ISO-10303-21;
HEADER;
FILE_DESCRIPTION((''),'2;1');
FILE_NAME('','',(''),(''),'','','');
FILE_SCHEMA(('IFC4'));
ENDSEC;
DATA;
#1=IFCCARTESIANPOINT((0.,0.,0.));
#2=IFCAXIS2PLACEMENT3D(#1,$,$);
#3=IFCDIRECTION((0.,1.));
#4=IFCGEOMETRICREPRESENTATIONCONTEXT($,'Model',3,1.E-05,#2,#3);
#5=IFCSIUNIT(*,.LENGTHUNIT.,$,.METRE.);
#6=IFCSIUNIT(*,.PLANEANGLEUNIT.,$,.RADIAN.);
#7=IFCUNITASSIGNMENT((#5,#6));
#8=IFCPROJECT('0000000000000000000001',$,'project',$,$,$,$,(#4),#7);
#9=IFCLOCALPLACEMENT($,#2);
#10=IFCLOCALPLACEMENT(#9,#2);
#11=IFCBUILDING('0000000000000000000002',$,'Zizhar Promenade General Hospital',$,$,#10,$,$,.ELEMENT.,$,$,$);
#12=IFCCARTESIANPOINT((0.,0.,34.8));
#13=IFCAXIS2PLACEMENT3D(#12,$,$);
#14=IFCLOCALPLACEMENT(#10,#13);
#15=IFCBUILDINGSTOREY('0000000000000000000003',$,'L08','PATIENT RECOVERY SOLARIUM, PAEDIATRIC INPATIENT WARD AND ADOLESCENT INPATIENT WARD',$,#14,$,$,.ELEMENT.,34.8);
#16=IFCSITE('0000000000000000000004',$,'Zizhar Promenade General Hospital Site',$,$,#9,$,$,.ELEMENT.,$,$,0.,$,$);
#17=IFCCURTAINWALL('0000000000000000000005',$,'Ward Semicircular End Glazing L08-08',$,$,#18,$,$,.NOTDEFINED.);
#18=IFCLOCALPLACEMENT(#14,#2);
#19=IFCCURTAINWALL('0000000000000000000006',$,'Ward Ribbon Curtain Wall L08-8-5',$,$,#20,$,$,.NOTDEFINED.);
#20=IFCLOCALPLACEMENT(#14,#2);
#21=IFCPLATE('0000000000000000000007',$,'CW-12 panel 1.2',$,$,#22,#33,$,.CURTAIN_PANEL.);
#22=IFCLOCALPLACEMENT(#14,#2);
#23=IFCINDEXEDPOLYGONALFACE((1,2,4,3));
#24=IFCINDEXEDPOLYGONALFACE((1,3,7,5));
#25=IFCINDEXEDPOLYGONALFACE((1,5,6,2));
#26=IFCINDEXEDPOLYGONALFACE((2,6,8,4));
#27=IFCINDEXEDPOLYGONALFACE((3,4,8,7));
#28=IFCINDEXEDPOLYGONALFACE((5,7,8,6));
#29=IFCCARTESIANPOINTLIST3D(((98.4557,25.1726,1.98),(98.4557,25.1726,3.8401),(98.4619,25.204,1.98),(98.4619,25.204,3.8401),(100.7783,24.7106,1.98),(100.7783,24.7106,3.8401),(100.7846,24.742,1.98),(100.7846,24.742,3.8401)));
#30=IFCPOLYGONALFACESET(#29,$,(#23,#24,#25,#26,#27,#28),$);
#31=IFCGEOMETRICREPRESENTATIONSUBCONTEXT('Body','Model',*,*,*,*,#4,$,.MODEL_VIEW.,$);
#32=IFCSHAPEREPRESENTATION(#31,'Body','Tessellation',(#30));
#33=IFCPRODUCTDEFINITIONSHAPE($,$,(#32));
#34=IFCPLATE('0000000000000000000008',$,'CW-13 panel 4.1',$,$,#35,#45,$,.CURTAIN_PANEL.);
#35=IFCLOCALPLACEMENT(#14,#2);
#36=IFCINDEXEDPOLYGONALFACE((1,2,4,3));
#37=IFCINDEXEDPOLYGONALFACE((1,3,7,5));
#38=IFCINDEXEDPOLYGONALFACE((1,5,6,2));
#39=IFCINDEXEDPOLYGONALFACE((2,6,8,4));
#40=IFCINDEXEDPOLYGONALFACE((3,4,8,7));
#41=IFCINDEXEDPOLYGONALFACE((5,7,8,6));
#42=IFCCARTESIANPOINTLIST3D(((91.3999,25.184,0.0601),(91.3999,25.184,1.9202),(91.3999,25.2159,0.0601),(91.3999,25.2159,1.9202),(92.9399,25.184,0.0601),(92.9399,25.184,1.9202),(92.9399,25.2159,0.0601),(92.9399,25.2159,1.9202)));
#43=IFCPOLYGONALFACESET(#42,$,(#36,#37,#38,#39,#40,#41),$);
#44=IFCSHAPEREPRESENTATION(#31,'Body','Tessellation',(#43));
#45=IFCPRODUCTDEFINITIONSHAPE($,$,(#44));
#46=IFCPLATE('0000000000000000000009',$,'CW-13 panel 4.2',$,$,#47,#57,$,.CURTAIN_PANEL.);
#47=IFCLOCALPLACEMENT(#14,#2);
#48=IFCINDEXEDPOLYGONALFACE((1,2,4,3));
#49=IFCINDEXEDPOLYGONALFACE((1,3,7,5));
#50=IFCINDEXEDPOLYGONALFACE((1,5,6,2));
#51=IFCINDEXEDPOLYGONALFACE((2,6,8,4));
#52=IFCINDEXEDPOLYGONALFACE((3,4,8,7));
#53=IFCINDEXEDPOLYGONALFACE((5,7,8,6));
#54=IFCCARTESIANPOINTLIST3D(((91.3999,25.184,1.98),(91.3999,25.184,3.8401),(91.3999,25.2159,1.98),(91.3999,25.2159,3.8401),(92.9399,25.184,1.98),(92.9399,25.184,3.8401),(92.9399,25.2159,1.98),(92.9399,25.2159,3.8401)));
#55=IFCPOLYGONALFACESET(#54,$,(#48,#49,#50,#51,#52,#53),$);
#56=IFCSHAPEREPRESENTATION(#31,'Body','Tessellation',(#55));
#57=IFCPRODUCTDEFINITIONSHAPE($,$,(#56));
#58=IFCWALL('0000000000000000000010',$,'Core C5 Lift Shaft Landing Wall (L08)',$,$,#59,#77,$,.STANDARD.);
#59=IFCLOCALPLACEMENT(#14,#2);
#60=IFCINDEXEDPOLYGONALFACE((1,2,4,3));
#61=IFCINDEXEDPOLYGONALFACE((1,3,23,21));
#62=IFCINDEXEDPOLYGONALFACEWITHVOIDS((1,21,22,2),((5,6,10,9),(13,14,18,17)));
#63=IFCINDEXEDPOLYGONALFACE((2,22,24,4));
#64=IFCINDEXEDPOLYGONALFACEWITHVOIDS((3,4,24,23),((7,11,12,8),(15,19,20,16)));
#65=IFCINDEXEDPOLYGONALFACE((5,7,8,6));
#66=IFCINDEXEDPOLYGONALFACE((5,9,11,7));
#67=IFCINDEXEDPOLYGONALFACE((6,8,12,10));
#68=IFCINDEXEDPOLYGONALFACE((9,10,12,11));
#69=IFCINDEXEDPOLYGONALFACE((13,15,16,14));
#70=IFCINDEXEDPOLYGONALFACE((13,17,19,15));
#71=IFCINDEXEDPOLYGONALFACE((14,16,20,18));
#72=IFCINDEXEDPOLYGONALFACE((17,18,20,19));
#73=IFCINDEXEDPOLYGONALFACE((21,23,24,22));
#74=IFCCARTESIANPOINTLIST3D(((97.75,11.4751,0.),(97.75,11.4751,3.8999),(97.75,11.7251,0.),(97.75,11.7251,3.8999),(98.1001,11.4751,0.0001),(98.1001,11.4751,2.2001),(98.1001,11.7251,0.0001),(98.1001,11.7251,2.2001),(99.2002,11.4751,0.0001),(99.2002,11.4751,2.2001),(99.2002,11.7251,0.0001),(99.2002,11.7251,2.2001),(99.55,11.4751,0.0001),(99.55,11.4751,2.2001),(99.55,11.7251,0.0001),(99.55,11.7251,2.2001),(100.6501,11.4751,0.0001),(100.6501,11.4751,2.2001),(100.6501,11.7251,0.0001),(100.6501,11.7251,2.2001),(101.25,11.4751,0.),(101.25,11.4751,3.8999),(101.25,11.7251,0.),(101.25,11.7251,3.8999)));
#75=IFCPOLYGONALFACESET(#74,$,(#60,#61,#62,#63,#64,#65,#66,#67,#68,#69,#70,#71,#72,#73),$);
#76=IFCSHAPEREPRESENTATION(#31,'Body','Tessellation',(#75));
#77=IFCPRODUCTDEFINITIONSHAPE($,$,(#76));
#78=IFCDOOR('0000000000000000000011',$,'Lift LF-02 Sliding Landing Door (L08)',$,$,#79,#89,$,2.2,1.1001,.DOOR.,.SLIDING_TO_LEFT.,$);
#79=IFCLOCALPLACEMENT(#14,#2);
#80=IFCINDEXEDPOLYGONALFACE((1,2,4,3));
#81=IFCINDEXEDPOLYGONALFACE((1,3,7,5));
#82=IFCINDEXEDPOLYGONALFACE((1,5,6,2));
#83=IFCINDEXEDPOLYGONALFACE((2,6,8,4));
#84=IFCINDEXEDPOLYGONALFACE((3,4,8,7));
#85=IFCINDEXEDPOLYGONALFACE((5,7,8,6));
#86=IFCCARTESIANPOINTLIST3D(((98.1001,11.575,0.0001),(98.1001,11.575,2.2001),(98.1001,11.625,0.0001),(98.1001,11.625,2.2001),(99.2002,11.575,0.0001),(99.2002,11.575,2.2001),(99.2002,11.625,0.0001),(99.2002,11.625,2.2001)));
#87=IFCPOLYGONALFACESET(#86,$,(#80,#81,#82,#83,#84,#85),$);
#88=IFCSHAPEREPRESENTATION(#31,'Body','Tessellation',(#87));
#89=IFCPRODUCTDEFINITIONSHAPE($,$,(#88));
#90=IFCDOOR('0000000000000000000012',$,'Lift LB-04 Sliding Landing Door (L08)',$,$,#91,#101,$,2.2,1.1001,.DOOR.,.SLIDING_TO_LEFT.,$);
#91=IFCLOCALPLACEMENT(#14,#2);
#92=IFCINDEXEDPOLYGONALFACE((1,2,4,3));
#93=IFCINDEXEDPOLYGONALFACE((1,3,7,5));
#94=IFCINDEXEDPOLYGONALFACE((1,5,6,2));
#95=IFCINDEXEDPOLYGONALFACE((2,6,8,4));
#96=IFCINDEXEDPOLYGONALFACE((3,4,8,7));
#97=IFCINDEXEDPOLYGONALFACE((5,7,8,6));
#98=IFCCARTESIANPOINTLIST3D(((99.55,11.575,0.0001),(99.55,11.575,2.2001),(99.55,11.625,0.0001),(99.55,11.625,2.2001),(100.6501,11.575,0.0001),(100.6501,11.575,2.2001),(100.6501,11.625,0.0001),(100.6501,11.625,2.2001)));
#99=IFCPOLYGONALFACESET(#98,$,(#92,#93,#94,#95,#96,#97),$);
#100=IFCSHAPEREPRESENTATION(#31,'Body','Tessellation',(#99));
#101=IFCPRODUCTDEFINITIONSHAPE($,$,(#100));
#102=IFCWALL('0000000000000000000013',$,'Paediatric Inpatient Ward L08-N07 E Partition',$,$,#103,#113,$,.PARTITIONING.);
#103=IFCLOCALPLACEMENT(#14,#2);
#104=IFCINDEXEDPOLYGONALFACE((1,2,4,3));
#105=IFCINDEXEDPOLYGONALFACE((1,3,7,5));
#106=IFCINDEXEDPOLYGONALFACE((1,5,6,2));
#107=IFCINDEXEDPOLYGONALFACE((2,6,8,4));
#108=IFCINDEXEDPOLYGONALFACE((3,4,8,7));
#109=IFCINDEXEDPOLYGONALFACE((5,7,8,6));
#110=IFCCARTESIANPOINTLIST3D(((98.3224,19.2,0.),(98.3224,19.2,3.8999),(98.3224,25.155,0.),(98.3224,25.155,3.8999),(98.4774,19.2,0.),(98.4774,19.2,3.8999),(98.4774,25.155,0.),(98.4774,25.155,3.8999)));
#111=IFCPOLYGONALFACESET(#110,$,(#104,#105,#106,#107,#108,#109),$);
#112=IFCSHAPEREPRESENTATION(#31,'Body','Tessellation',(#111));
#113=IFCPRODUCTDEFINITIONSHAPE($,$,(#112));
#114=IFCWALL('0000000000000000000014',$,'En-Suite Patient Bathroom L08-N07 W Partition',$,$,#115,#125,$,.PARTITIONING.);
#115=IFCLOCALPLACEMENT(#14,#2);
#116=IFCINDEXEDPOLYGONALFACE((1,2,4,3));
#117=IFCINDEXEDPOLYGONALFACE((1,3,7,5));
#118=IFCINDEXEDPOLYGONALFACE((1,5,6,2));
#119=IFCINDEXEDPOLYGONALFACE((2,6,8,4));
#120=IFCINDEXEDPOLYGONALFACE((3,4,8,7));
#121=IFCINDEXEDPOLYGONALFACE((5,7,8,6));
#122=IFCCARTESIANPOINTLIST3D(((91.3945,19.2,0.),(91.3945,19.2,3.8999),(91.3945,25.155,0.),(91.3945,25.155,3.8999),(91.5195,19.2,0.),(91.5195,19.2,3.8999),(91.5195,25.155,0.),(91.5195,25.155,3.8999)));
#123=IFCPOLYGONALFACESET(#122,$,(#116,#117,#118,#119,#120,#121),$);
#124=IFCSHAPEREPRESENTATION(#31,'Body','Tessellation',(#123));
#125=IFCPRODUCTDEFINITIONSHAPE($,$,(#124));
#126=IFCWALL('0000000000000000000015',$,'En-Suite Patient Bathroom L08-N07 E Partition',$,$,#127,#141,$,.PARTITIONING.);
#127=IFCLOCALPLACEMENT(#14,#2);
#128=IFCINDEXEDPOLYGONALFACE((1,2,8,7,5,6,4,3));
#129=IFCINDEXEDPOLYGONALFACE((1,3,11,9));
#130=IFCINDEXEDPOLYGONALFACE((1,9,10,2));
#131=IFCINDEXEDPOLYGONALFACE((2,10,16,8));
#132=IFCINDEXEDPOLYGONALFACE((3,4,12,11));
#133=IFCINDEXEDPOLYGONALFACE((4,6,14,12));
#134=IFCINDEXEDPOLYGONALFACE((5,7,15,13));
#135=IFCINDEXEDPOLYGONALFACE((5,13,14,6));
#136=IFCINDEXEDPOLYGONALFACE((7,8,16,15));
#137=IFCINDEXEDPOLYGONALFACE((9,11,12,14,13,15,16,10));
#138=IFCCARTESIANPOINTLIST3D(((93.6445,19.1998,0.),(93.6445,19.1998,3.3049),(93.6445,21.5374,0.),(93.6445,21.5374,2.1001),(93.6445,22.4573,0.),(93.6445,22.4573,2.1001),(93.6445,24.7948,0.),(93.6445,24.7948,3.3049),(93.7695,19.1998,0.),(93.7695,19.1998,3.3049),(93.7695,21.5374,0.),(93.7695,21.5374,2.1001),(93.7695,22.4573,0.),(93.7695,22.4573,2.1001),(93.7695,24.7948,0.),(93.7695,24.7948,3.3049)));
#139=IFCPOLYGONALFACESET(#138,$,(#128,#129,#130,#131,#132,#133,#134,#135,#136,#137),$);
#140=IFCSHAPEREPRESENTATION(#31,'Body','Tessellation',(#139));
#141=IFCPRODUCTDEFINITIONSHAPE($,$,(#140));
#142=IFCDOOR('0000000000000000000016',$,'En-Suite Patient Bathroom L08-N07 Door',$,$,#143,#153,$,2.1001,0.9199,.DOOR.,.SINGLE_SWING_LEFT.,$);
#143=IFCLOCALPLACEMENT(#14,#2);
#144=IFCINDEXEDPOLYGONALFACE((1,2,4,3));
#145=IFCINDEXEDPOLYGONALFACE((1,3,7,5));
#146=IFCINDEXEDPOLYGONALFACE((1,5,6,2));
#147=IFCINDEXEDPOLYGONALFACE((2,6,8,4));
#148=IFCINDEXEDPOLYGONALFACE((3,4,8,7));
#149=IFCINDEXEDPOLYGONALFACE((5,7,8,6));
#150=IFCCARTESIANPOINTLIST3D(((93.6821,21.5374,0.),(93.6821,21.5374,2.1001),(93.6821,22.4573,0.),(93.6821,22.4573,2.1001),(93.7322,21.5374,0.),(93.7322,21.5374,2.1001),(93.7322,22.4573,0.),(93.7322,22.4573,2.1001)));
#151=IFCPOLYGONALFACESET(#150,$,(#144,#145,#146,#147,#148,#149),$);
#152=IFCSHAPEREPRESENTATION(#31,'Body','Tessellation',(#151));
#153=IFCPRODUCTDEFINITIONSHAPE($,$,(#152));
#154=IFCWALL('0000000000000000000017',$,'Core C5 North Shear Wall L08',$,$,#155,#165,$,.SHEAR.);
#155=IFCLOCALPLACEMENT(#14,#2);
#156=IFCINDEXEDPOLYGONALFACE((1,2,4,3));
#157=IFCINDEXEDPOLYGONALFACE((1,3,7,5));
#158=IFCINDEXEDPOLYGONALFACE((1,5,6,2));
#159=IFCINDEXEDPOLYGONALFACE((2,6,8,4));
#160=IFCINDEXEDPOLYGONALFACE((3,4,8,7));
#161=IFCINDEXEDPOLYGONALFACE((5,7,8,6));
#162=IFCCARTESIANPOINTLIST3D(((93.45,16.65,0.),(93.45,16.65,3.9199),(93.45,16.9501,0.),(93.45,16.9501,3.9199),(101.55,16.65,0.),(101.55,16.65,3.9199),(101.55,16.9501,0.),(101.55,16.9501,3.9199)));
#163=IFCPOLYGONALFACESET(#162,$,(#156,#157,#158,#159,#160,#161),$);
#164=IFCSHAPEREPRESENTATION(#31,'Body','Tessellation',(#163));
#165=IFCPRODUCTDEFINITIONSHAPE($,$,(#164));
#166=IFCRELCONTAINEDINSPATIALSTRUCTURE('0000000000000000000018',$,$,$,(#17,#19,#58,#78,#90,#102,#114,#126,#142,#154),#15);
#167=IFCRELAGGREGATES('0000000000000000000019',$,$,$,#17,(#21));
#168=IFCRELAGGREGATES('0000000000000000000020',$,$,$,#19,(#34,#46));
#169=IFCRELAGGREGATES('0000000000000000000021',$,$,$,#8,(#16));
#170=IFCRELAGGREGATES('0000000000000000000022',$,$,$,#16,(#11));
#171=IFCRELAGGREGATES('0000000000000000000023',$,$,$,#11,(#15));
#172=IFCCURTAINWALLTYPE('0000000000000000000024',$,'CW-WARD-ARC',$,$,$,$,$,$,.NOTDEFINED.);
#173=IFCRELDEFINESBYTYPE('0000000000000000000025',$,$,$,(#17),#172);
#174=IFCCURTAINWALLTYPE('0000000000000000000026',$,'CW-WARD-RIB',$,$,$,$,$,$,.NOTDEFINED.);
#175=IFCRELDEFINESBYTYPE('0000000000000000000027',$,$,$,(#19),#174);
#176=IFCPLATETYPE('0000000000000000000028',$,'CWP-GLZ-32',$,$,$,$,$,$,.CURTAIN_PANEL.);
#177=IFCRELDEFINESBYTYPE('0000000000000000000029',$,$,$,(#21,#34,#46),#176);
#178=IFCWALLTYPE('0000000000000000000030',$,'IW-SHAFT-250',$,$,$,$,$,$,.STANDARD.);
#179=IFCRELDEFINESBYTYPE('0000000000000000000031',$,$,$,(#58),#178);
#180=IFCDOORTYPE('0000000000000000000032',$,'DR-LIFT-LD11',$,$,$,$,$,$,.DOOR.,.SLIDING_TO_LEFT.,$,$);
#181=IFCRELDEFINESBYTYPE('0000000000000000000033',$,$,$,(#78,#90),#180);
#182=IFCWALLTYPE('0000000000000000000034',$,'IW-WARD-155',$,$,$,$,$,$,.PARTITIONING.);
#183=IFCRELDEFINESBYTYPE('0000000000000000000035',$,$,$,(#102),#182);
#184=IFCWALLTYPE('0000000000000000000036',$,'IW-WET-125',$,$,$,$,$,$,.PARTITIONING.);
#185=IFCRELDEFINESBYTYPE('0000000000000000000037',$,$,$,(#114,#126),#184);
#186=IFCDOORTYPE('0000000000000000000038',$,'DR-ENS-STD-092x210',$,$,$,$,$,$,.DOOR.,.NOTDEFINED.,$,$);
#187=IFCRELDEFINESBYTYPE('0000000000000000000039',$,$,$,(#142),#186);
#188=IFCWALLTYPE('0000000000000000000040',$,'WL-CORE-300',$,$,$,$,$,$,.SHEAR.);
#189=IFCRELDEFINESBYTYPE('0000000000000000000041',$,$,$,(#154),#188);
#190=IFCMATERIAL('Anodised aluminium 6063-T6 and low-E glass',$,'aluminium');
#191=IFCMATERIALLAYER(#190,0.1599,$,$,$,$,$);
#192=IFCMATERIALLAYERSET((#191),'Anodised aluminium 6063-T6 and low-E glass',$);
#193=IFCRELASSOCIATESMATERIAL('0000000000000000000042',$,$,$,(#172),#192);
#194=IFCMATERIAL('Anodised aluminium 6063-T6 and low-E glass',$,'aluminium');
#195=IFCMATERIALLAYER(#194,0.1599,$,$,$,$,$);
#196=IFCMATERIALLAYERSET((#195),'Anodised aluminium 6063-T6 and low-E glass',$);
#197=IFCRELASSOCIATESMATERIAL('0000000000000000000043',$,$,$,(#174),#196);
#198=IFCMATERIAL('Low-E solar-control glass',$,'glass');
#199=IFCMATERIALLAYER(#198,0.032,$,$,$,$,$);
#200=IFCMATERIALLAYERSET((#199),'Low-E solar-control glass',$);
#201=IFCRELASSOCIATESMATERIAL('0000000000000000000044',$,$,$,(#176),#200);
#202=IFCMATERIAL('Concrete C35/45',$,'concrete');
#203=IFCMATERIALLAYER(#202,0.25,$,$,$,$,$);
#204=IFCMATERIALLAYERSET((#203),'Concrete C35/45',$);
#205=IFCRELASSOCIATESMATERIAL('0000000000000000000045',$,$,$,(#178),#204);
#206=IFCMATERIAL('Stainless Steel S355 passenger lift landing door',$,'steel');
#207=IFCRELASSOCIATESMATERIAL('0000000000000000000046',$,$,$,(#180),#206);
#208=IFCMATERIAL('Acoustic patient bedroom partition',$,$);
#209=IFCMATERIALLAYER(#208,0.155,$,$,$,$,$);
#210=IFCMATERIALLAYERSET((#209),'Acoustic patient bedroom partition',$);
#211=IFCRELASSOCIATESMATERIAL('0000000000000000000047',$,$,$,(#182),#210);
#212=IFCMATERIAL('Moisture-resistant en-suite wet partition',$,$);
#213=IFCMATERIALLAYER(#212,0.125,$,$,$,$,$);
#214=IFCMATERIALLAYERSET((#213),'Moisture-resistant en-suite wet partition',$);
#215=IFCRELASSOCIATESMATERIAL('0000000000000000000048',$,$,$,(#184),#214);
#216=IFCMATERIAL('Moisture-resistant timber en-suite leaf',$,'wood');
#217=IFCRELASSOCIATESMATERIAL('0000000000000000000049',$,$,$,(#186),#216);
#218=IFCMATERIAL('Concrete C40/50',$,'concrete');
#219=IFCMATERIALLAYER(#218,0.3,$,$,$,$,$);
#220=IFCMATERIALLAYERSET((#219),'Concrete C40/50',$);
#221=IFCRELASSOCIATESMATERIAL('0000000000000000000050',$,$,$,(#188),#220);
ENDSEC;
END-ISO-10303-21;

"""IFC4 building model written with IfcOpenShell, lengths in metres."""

from ifc_helpers import new_model, si_unit, direction, frame, frame_2d, origin, origin_2d, place, context, subcontext, project, spatial, rectangle, extrude, material, layer, layer_set, type_object, element, fill, aggregate, save


model = new_model("IFC4")

# Units and contexts
model_context = context("Model", 3, precision=1e-05, world=origin(), true_north=direction((0.0, 1.0)))
body_context = subcontext(model_context, "Body", "Model", "MODEL_VIEW")
ifc_project = project(units=[si_unit("LENGTHUNIT", "METRE"), si_unit("PLANEANGLEUNIT", "RADIAN")], contexts=[model_context])

# Site, building, storey
site_placement = place(None, origin())
site = spatial("IfcSite", under=ifc_project, at=site_placement, Name="Zizhar Promenade General Hospital Site", CompositionType="ELEMENT", RefElevation=0.0)
building_placement = place(site_placement, origin())
building = spatial("IfcBuilding", under=site, at=building_placement, Name="Zizhar Promenade General Hospital", CompositionType="ELEMENT")
storey_placement = place(building_placement, frame((0.0, 0.0, 34.8)))
storey = spatial("IfcBuildingStorey", under=building, at=storey_placement, Name="L08", Description="PATIENT RECOVERY SOLARIUM, PAEDIATRIC INPATIENT WARD AND ADOLESCENT INPATIENT WARD", CompositionType="ELEMENT", Elevation=34.8)

# Curtain walls
ifc_material_1 = material(Name="Anodised aluminium 6063-T6 and low-E glass", Category="aluminium")
ifc_layer_1 = layer(ifc_material_1, 0.1599)
ifc_layer_set_1 = layer_set([ifc_layer_1], Name="Anodised aluminium 6063-T6 and low-E glass")
curtain_wall_type_1 = type_object("IfcCurtainWallType", Name="CW-WARD-ARC", PredefinedType="NOTDEFINED", material=ifc_layer_set_1)
curtain_wall_1_placement = place(storey_placement, origin())
curtain_wall_1 = element("IfcCurtainWall", 1, at=curtain_wall_1_placement, inside=storey, type_object=curtain_wall_type_1, Name="Ward Semicircular End Glazing L08-08", PredefinedType="NOTDEFINED")
ifc_material_2 = material(Name="Anodised aluminium 6063-T6 and low-E glass", Category="aluminium")
ifc_layer_2 = layer(ifc_material_2, 0.1599)
ifc_layer_set_2 = layer_set([ifc_layer_2], Name="Anodised aluminium 6063-T6 and low-E glass")
curtain_wall_type_2 = type_object("IfcCurtainWallType", Name="CW-WARD-RIB", PredefinedType="NOTDEFINED", material=ifc_layer_set_2)
curtain_wall_2_placement = place(storey_placement, origin())
curtain_wall_2 = element("IfcCurtainWall", 2, at=curtain_wall_2_placement, inside=storey, type_object=curtain_wall_type_2, Name="Ward Ribbon Curtain Wall L08-8-5", PredefinedType="NOTDEFINED")

# Plates
ifc_material_3 = material(Name="Low-E solar-control glass", Category="glass")
ifc_layer_3 = layer(ifc_material_3, 0.032)
ifc_layer_set_3 = layer_set([ifc_layer_3], Name="Low-E solar-control glass")
plate_type = type_object("IfcPlateType", Name="CWP-GLZ-32", PredefinedType="CURTAIN_PANEL", material=ifc_layer_set_3)
plate_1_placement = place(storey_placement, frame((99.6201, 24.9573, 1.98), z_axis=(0.0, 0.0, 1.0), x_axis=(0.980786, -0.195087, 0.0)))
plate_1 = element("IfcPlate", 3, at=plate_1_placement, type_object=plate_type, Name="CW-12 panel 1.2", PredefinedType="CURTAIN_PANEL", context=body_context, shape_type="SweptSolid", body=[
    extrude(rectangle(XDim=2.3682, YDim=0.032, at=origin_2d()), origin(), (0.0, 0.0, 1.0), 1.8601),
])
aggregate(curtain_wall_1, [plate_1])
plate_2_placement = place(storey_placement, frame((92.1699, 25.2, 0.0601), z_axis=(0.0, 0.0, 1.0), x_axis=(1.0, 0.0, 0.0)))
plate_2 = element("IfcPlate", 4, at=plate_2_placement, type_object=plate_type, Name="CW-13 panel 4.1", PredefinedType="CURTAIN_PANEL", context=body_context, shape_type="SweptSolid", body=[
    extrude(rectangle(XDim=1.54, YDim=0.032, at=origin_2d()), origin(), (0.0, 0.0, 1.0), 1.8601),
])
plate_3_placement = place(storey_placement, frame((92.1699, 25.2, 1.98), z_axis=(0.0, 0.0, 1.0), x_axis=(1.0, 0.0, 0.0)))
plate_3 = element("IfcPlate", 5, at=plate_3_placement, type_object=plate_type, Name="CW-13 panel 4.2", PredefinedType="CURTAIN_PANEL", context=body_context, shape_type="SweptSolid", body=[
    extrude(rectangle(XDim=1.54, YDim=0.032, at=origin_2d()), origin(), (0.0, 0.0, 1.0), 1.8601),
])
aggregate(curtain_wall_2, [plate_2, plate_3])

# Wall, openings, doors
ifc_material_4 = material(Name="Concrete C35/45", Category="concrete")
ifc_layer_4 = layer(ifc_material_4, 0.25)
ifc_layer_set_4 = layer_set([ifc_layer_4], Name="Concrete C35/45")
wall_type_1 = type_object("IfcWallType", Name="IW-SHAFT-250", PredefinedType="STANDARD", material=ifc_layer_set_4)
wall_1_placement = place(storey_placement, frame((97.75, 11.6001, 0.0), z_axis=(0.0, 0.0, 1.0), x_axis=(1.0, 0.0, 0.0)))
wall_1 = element("IfcWall", 6, at=wall_1_placement, inside=storey, type_object=wall_type_1, Name="Core C5 Lift Shaft Landing Wall (L08)", PredefinedType="STANDARD", context=body_context, shape_type="SweptSolid", body=[
    extrude(rectangle(XDim=3.5, YDim=0.25, at=frame_2d((1.75, 0.0))), origin(), (0.0, 0.0, 1.0), 3.8999),
])
opening_1_placement = place(wall_1_placement, frame((0.3501, 0.0, 0.0)))
opening_1 = element("IfcOpeningElement", 7, at=opening_1_placement, cuts=wall_1, PredefinedType="OPENING", context=body_context, shape_type="SweptSolid", body=[
    extrude(rectangle(XDim=1.1001, YDim=2.2, at=frame_2d((0.55, 1.1001))), frame((0.0, 0.135, 0.0), z_axis=(0.0, -1.0, 0.0), x_axis=(1.0, 0.0, 0.0)), (0.0, 0.0, 1.0), 0.27),
])
opening_2_placement = place(wall_1_placement, frame((1.8, 0.0, 0.0)))
opening_2 = element("IfcOpeningElement", 8, at=opening_2_placement, cuts=wall_1, PredefinedType="OPENING", context=body_context, shape_type="SweptSolid", body=[
    extrude(rectangle(XDim=1.1001, YDim=2.2, at=frame_2d((0.55, 1.1001))), frame((0.0, 0.135, 0.0), z_axis=(0.0, -1.0, 0.0), x_axis=(1.0, 0.0, 0.0)), (0.0, 0.0, 1.0), 0.27),
])
ifc_material_5 = material(Name="Stainless Steel S355 passenger lift landing door", Category="steel")
door_type_1 = type_object("IfcDoorType", Name="DR-LIFT-LD11", OperationType="SLIDING_TO_LEFT", PredefinedType="DOOR", material=ifc_material_5)
door_1_placement = place(opening_1_placement, origin())
door_1 = element("IfcDoor", 9, at=door_1_placement, inside=storey, type_object=door_type_1, Name="Lift LF-02 Sliding Landing Door (L08)", OperationType="SLIDING_TO_LEFT", OverallHeight=2.2, OverallWidth=1.1001, PredefinedType="DOOR", context=body_context, shape_type="SweptSolid", body=[
    extrude(rectangle(XDim=1.1001, YDim=2.2, at=frame_2d((0.55, 1.1001))), frame((0.0, 0.0249, 0.0), z_axis=(0.0, -1.0, 0.0), x_axis=(1.0, 0.0, 0.0)), (0.0, 0.0, 1.0), 0.05),
])
fill(opening_1, door_1)
door_2_placement = place(opening_2_placement, origin())
door_2 = element("IfcDoor", 10, at=door_2_placement, inside=storey, type_object=door_type_1, Name="Lift LB-04 Sliding Landing Door (L08)", OperationType="SLIDING_TO_LEFT", OverallHeight=2.2, OverallWidth=1.1001, PredefinedType="DOOR", context=body_context, shape_type="SweptSolid", body=[
    extrude(rectangle(XDim=1.1001, YDim=2.2, at=frame_2d((0.55, 1.1001))), frame((0.0, 0.0249, 0.0), z_axis=(0.0, -1.0, 0.0), x_axis=(1.0, 0.0, 0.0)), (0.0, 0.0, 1.0), 0.05),
])
fill(opening_2, door_2)

# Shared definitions
ifc_material_6 = material(Name="Acoustic patient bedroom partition")
ifc_layer_5 = layer(ifc_material_6, 0.155)
ifc_layer_set_5 = layer_set([ifc_layer_5], Name="Acoustic patient bedroom partition")
wall_type_2 = type_object("IfcWallType", Name="IW-WARD-155", PredefinedType="PARTITIONING", material=ifc_layer_set_5)

# Walls
wall_2_placement = place(storey_placement, frame((98.3999, 19.2, 0.0), z_axis=(0.0, 0.0, 1.0), x_axis=(0.0, 1.0, 0.0)))
element("IfcWall", 11, at=wall_2_placement, inside=storey, type_object=wall_type_2, Name="Paediatric Inpatient Ward L08-N07 E Partition", PredefinedType="PARTITIONING", context=body_context, shape_type="SweptSolid", body=[
    extrude(rectangle(XDim=5.9551, YDim=0.155, at=frame_2d((2.9775, 0.0))), origin(), (0.0, 0.0, 1.0), 3.8999),
])
ifc_material_7 = material(Name="Moisture-resistant en-suite wet partition")
ifc_layer_6 = layer(ifc_material_7, 0.125)
ifc_layer_set_6 = layer_set([ifc_layer_6], Name="Moisture-resistant en-suite wet partition")
wall_type_3 = type_object("IfcWallType", Name="IW-WET-125", PredefinedType="PARTITIONING", material=ifc_layer_set_6)
wall_3_placement = place(storey_placement, frame((91.457, 19.2, 0.0), z_axis=(0.0, 0.0, 1.0), x_axis=(0.0, 1.0, 0.0)))
element("IfcWall", 12, at=wall_3_placement, inside=storey, type_object=wall_type_3, Name="En-Suite Patient Bathroom L08-N07 W Partition", PredefinedType="PARTITIONING", context=body_context, shape_type="SweptSolid", body=[
    extrude(rectangle(XDim=5.9551, YDim=0.125, at=frame_2d((2.9775, 0.0))), origin(), (0.0, 0.0, 1.0), 3.8999),
])

# Wall, opening, door
wall_4_placement = place(storey_placement, frame((93.707, 19.2, 0.0), z_axis=(0.0, 0.0, 1.0), x_axis=(0.0, 1.0, 0.0)))
wall_4 = element("IfcWall", 13, at=wall_4_placement, inside=storey, type_object=wall_type_3, Name="En-Suite Patient Bathroom L08-N07 E Partition", PredefinedType="PARTITIONING", context=body_context, shape_type="SweptSolid", body=[
    extrude(rectangle(XDim=5.595, YDim=0.125, at=frame_2d((2.7974, 0.0))), origin(), (0.0, 0.0, 1.0), 3.3049),
])
opening_3_placement = place(wall_4_placement, frame((2.3374, 0.0, 0.0)))
opening_3 = element("IfcOpeningElement", 14, at=opening_3_placement, cuts=wall_4, PredefinedType="OPENING", context=body_context, shape_type="SweptSolid", body=[
    extrude(rectangle(XDim=0.9199, YDim=2.1001, at=frame_2d((0.46, 1.05))), frame((0.0, 0.0725, 0.0), z_axis=(0.0, -1.0, 0.0), x_axis=(1.0, 0.0, 0.0)), (0.0, 0.0, 1.0), 0.145),
])
ifc_material_8 = material(Name="Moisture-resistant timber en-suite leaf", Category="wood")
door_type_2 = type_object("IfcDoorType", Name="DR-ENS-STD-092x210", OperationType="NOTDEFINED", PredefinedType="DOOR", material=ifc_material_8)
door_3_placement = place(opening_3_placement, origin())
door_3 = element("IfcDoor", 15, at=door_3_placement, inside=storey, type_object=door_type_2, Name="En-Suite Patient Bathroom L08-N07 Door", OperationType="SINGLE_SWING_LEFT", OverallHeight=2.1001, OverallWidth=0.9199, PredefinedType="DOOR", context=body_context, shape_type="SweptSolid", body=[
    extrude(rectangle(XDim=0.9199, YDim=2.1001, at=frame_2d((0.46, 1.05))), frame((0.0, 0.0249, 0.0), z_axis=(0.0, -1.0, 0.0), x_axis=(1.0, 0.0, 0.0)), (0.0, 0.0, 1.0), 0.05),
])
fill(opening_3, door_3)

# Wall
ifc_material_9 = material(Name="Concrete C40/50", Category="concrete")
ifc_layer_7 = layer(ifc_material_9, 0.3)
ifc_layer_set_7 = layer_set([ifc_layer_7], Name="Concrete C40/50")
wall_type_4 = type_object("IfcWallType", Name="WL-CORE-300", PredefinedType="SHEAR", material=ifc_layer_set_7)
wall_5_placement = place(storey_placement, frame((93.45, 16.8, 0.0), z_axis=(0.0, 0.0, 1.0), x_axis=(1.0, 0.0, 0.0)))
element("IfcWall", 16, at=wall_5_placement, inside=storey, type_object=wall_type_4, Name="Core C5 North Shear Wall L08", PredefinedType="SHEAR", context=body_context, shape_type="SweptSolid", body=[
    extrude(rectangle(XDim=8.1001, YDim=0.3, at=frame_2d((4.05, 0.0))), origin(), (0.0, 0.0, 1.0), 3.9199),
])

save(model, "model.ifc")
